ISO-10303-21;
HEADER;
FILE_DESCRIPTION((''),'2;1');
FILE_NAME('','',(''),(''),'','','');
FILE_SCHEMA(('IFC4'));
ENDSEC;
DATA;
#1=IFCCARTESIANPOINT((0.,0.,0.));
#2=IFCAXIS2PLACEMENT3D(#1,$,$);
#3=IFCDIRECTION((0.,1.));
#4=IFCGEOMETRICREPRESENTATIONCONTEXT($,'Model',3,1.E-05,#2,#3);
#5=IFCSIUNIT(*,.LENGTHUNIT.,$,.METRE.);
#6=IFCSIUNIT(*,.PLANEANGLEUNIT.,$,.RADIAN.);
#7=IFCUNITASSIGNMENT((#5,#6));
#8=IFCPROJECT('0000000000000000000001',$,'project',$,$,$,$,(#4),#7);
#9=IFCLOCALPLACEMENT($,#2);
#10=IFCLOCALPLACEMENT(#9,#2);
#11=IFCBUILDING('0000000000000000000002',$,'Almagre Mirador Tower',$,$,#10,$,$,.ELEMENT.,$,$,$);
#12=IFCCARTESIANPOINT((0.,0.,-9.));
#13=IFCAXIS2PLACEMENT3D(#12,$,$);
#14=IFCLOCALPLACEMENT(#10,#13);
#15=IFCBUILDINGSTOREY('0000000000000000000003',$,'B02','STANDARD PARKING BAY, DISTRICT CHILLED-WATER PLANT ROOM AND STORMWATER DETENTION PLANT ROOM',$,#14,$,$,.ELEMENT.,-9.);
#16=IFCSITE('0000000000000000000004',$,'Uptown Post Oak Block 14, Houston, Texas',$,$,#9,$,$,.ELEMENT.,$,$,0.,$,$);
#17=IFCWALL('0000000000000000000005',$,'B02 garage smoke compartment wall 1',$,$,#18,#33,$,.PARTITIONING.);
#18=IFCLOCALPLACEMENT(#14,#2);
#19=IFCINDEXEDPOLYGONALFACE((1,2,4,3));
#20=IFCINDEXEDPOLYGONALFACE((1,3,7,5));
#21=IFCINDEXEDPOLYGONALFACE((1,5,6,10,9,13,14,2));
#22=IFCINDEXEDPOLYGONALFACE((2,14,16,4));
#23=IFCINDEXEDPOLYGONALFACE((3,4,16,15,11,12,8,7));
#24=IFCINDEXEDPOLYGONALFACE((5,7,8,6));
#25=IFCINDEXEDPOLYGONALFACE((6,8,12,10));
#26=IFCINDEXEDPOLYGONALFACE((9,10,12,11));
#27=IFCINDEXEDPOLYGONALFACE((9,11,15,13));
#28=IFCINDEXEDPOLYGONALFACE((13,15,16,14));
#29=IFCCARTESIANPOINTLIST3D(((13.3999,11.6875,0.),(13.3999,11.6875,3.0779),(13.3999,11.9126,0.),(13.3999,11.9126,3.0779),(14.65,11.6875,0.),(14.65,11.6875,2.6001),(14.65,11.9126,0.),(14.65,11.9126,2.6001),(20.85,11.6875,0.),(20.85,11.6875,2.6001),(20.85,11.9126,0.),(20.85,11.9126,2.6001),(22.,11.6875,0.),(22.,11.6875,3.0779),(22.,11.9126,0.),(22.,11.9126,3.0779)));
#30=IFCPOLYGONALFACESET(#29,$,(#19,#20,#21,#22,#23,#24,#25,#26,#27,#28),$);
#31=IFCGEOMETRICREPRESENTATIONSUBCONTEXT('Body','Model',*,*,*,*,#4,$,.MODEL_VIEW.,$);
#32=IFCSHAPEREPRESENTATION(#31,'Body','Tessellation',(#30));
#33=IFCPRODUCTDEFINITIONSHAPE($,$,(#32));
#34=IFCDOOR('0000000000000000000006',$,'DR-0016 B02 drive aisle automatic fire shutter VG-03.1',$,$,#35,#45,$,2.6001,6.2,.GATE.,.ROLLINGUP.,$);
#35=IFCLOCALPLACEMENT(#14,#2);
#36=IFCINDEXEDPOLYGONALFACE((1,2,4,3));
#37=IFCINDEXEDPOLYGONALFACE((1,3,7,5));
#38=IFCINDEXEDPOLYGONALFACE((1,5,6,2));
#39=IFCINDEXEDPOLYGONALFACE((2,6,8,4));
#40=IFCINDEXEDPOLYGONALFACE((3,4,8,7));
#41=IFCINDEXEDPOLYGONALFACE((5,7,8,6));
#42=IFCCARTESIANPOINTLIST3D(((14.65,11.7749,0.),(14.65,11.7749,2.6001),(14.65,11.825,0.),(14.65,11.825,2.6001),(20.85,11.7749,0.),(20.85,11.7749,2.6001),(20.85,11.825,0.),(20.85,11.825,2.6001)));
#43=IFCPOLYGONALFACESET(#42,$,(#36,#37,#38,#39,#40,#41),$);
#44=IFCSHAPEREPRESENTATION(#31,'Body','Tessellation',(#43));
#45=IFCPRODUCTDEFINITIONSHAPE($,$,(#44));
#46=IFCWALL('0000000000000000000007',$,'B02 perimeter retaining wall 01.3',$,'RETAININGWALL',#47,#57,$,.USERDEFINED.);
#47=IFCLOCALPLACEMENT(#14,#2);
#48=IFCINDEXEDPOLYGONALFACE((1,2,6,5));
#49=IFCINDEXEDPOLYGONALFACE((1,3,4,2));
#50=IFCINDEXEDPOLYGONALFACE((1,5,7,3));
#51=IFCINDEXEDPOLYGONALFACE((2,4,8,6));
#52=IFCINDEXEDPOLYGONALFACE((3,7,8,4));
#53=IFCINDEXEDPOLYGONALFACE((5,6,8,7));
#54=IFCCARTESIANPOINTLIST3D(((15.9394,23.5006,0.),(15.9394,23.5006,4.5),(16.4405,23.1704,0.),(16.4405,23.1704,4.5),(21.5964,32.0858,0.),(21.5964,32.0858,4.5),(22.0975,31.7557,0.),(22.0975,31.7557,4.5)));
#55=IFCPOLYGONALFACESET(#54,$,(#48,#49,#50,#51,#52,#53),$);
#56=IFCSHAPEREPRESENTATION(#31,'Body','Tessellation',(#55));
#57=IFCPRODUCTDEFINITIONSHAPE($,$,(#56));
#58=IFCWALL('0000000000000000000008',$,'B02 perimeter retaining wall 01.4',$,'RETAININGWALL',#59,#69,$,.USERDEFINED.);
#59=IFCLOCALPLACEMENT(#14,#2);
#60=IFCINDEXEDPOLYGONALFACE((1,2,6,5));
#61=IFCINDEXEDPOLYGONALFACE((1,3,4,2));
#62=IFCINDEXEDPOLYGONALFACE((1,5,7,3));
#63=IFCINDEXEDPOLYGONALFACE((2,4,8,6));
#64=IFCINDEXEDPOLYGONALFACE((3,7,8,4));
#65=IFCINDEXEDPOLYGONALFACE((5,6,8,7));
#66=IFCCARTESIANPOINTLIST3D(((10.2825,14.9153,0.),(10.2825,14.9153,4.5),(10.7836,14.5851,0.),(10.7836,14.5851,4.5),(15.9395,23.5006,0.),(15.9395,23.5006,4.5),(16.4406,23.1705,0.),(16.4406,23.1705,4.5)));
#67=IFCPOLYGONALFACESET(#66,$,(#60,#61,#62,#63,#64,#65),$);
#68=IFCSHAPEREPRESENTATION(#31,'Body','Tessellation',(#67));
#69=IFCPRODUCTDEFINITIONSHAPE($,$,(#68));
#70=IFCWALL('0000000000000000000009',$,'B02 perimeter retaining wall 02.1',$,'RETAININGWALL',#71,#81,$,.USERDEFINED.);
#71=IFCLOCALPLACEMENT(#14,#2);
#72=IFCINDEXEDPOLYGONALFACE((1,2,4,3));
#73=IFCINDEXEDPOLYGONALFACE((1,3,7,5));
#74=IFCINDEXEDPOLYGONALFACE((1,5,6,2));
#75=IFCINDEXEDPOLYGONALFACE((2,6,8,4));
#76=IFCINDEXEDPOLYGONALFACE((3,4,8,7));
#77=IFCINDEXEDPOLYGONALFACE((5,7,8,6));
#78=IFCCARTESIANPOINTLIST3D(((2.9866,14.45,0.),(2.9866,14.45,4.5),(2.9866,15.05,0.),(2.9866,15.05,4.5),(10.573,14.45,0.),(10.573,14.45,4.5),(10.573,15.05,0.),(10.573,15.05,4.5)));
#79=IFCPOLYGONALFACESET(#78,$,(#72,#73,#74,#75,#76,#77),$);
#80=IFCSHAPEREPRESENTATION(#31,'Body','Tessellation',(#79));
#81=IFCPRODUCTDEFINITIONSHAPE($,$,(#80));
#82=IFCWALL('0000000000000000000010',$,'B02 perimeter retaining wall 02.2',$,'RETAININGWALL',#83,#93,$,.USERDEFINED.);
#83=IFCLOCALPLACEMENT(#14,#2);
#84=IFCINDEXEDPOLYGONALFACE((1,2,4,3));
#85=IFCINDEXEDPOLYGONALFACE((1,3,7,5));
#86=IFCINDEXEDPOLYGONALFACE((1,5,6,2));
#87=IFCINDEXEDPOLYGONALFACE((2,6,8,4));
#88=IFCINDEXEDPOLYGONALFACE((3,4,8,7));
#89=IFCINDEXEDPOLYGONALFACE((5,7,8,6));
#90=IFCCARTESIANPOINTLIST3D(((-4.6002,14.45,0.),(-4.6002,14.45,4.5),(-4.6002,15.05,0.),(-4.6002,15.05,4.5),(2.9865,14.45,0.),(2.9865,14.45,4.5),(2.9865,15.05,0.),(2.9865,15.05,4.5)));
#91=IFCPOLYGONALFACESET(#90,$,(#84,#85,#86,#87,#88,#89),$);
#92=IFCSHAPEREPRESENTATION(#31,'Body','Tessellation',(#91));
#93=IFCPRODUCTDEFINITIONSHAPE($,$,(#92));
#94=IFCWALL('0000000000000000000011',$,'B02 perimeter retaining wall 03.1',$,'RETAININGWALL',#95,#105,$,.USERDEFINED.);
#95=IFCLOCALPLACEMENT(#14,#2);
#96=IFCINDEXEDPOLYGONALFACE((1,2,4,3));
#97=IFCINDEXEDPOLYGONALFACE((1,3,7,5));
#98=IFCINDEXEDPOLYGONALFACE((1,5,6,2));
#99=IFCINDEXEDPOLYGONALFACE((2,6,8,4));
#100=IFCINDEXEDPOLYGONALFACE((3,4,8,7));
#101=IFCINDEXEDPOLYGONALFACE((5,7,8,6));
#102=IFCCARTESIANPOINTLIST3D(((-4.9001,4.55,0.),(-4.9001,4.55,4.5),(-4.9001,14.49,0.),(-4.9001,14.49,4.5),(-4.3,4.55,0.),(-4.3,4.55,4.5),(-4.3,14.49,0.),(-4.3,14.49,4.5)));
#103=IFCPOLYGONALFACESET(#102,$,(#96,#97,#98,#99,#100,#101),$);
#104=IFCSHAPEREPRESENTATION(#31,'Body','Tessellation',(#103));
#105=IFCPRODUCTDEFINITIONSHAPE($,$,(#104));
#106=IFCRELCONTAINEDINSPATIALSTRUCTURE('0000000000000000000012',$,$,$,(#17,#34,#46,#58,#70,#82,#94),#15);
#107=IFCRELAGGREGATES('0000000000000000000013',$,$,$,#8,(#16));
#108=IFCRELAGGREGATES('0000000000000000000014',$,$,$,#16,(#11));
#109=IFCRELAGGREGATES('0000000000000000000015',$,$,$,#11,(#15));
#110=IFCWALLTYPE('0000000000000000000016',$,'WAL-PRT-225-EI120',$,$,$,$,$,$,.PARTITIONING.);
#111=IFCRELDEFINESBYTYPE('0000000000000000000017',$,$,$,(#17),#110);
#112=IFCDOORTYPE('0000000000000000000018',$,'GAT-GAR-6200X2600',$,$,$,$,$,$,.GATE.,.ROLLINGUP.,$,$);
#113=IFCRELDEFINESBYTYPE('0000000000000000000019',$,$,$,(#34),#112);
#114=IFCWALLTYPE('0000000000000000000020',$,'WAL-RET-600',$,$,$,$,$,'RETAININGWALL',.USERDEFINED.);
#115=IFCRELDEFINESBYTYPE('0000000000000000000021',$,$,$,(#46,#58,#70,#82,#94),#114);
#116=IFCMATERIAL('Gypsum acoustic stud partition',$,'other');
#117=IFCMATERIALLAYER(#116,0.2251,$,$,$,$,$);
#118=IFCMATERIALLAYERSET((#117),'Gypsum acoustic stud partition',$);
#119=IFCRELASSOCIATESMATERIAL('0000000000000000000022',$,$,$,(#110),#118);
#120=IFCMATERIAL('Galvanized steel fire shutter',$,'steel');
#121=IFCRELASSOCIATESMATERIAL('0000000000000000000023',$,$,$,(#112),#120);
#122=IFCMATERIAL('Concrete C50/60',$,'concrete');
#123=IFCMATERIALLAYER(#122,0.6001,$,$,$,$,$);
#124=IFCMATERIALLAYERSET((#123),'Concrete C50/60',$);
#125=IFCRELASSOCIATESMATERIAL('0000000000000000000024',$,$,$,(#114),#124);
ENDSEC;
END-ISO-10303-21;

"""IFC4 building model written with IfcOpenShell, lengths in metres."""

from ifc_helpers import new_model, si_unit, direction, frame, frame_2d, origin, place, context, subcontext, project, spatial, rectangle, extrude, material, layer, layer_set, type_object, element, fill, save


model = new_model("IFC4")

# Units and contexts
model_context = context("Model", 3, precision=1e-05, world=origin(), true_north=direction((0.0, 1.0)))
body_context = subcontext(model_context, "Body", "Model", "MODEL_VIEW")
ifc_project = project(units=[si_unit("LENGTHUNIT", "METRE"), si_unit("PLANEANGLEUNIT", "RADIAN")], contexts=[model_context])

# Site, building, storey
site_placement = place(None, origin())
site = spatial("IfcSite", under=ifc_project, at=site_placement, Name="Uptown Post Oak Block 14, Houston, Texas", CompositionType="ELEMENT", RefElevation=0.0)
building_placement = place(site_placement, origin())
building = spatial("IfcBuilding", under=site, at=building_placement, Name="Almagre Mirador Tower", CompositionType="ELEMENT")
storey_placement = place(building_placement, frame((0.0, 0.0, -9.0)))
storey = spatial("IfcBuildingStorey", under=building, at=storey_placement, Name="B02", Description="STANDARD PARKING BAY, DISTRICT CHILLED-WATER PLANT ROOM AND STORMWATER DETENTION PLANT ROOM", CompositionType="ELEMENT", Elevation=-9.0)

# Wall, opening, door
ifc_material_1 = material(Name="Gypsum acoustic stud partition", Category="other")
ifc_layer_1 = layer(ifc_material_1, 0.2251)
ifc_layer_set_1 = layer_set([ifc_layer_1], Name="Gypsum acoustic stud partition")
wall_type_1 = type_object("IfcWallType", Name="WAL-PRT-225-EI120", PredefinedType="PARTITIONING", material=ifc_layer_set_1)
wall_1_placement = place(storey_placement, frame((13.3999, 11.8, 0.0), z_axis=(0.0, 0.0, 1.0), x_axis=(1.0, 0.0, 0.0)))
wall_1 = element("IfcWall", 1, at=wall_1_placement, inside=storey, type_object=wall_type_1, Name="B02 garage smoke compartment wall 1", PredefinedType="PARTITIONING", context=body_context, shape_type="SweptSolid", body=[
    extrude(rectangle(XDim=8.6001, YDim=0.2251, at=frame_2d((4.3, 0.0))), origin(), (0.0, 0.0, 1.0), 3.0779),
])
opening_1_placement = place(wall_1_placement, frame((1.25, 0.0, 0.0)))
opening_1 = element("IfcOpeningElement", 2, at=opening_1_placement, cuts=wall_1, PredefinedType="OPENING", context=body_context, shape_type="SweptSolid", body=[
    extrude(rectangle(XDim=6.2, YDim=2.6001, at=frame_2d((3.1001, 1.3))), frame((0.0, 0.1225, 0.0), z_axis=(0.0, -1.0, 0.0), x_axis=(1.0, 0.0, 0.0)), (0.0, 0.0, 1.0), 0.2451),
])
ifc_material_2 = material(Name="Galvanized steel fire shutter", Category="steel")
door_type_1 = type_object("IfcDoorType", Name="GAT-GAR-6200X2600", OperationType="ROLLINGUP", PredefinedType="GATE", material=ifc_material_2)
door_1_placement = place(opening_1_placement, origin())
door_1 = element("IfcDoor", 3, at=door_1_placement, inside=storey, type_object=door_type_1, Name="DR-0016 B02 drive aisle automatic fire shutter VG-03.1", OperationType="ROLLINGUP", OverallHeight=2.6001, OverallWidth=6.2, PredefinedType="GATE", context=body_context, shape_type="SweptSolid", body=[
    extrude(rectangle(XDim=6.2, YDim=2.6001, at=frame_2d((3.1001, 1.3))), frame((0.0, 0.0249, 0.0), z_axis=(0.0, -1.0, 0.0), x_axis=(1.0, 0.0, 0.0)), (0.0, 0.0, 1.0), 0.05),
])
fill(opening_1, door_1)

# Walls
ifc_material_3 = material(Name="Concrete C50/60", Category="concrete")
ifc_layer_2 = layer(ifc_material_3, 0.6001)
ifc_layer_set_2 = layer_set([ifc_layer_2], Name="Concrete C50/60")
wall_type_2 = type_object("IfcWallType", Name="WAL-RET-600", ElementType="RETAININGWALL", PredefinedType="USERDEFINED", material=ifc_layer_set_2)
for number, where, z_axis, x_axis, name in (
    (4, (21.8469, 31.9207, 0.0), (0.0, 0.0, 1.0), (-0.550215, -0.835023, 0.0), "B02 perimeter retaining wall 01.3"),
    (5, (16.1899, 23.3354, 0.0), (0.0, 0.0, 1.0), (-0.550204, -0.83503, 0.0), "B02 perimeter retaining wall 01.4"),
):
    element("IfcWall", number, at=place(storey_placement, frame(where, z_axis=z_axis, x_axis=x_axis)), inside=storey, type_object=wall_type_2, Name=name, ObjectType="RETAININGWALL", PredefinedType="USERDEFINED", context=body_context, shape_type="SweptSolid", body=[
        extrude(rectangle(XDim=10.2815, YDim=0.6001, at=frame_2d((5.1406, 0.0))), origin(), (0.0, 0.0, 1.0), 4.5),
    ])
wall_2_placement = place(storey_placement, frame((10.573, 14.75, 0.0), z_axis=(0.0, 0.0, 1.0), x_axis=(-1.0, 0.0, 0.0)))
element("IfcWall", 6, at=wall_2_placement, inside=storey, type_object=wall_type_2, Name="B02 perimeter retaining wall 02.1", ObjectType="RETAININGWALL", PredefinedType="USERDEFINED", context=body_context, shape_type="SweptSolid", body=[
    extrude(rectangle(XDim=7.5864, YDim=0.6001, at=frame_2d((3.7932, 0.0))), origin(), (0.0, 0.0, 1.0), 4.5),
])
wall_3_placement = place(storey_placement, frame((2.9866, 14.75, 0.0), z_axis=(0.0, 0.0, 1.0), x_axis=(-1.0, 0.0, 0.0)))
element("IfcWall", 7, at=wall_3_placement, inside=storey, type_object=wall_type_2, Name="B02 perimeter retaining wall 02.2", ObjectType="RETAININGWALL", PredefinedType="USERDEFINED", context=body_context, shape_type="SweptSolid", body=[
    extrude(rectangle(XDim=7.5867, YDim=0.6001, at=frame_2d((3.7935, 0.0))), origin(), (0.0, 0.0, 1.0), 4.5),
])
wall_4_placement = place(storey_placement, frame((-4.6001, 14.49, 0.0), z_axis=(0.0, 0.0, 1.0), x_axis=(0.0, -1.0, 0.0)))
element("IfcWall", 8, at=wall_4_placement, inside=storey, type_object=wall_type_2, Name="B02 perimeter retaining wall 03.1", ObjectType="RETAININGWALL", PredefinedType="USERDEFINED", context=body_context, shape_type="SweptSolid", body=[
    extrude(rectangle(XDim=9.9399, YDim=0.6001, at=frame_2d((4.97, 0.0))), origin(), (0.0, 0.0, 1.0), 4.5),
])

save(model, "model.ifc")
